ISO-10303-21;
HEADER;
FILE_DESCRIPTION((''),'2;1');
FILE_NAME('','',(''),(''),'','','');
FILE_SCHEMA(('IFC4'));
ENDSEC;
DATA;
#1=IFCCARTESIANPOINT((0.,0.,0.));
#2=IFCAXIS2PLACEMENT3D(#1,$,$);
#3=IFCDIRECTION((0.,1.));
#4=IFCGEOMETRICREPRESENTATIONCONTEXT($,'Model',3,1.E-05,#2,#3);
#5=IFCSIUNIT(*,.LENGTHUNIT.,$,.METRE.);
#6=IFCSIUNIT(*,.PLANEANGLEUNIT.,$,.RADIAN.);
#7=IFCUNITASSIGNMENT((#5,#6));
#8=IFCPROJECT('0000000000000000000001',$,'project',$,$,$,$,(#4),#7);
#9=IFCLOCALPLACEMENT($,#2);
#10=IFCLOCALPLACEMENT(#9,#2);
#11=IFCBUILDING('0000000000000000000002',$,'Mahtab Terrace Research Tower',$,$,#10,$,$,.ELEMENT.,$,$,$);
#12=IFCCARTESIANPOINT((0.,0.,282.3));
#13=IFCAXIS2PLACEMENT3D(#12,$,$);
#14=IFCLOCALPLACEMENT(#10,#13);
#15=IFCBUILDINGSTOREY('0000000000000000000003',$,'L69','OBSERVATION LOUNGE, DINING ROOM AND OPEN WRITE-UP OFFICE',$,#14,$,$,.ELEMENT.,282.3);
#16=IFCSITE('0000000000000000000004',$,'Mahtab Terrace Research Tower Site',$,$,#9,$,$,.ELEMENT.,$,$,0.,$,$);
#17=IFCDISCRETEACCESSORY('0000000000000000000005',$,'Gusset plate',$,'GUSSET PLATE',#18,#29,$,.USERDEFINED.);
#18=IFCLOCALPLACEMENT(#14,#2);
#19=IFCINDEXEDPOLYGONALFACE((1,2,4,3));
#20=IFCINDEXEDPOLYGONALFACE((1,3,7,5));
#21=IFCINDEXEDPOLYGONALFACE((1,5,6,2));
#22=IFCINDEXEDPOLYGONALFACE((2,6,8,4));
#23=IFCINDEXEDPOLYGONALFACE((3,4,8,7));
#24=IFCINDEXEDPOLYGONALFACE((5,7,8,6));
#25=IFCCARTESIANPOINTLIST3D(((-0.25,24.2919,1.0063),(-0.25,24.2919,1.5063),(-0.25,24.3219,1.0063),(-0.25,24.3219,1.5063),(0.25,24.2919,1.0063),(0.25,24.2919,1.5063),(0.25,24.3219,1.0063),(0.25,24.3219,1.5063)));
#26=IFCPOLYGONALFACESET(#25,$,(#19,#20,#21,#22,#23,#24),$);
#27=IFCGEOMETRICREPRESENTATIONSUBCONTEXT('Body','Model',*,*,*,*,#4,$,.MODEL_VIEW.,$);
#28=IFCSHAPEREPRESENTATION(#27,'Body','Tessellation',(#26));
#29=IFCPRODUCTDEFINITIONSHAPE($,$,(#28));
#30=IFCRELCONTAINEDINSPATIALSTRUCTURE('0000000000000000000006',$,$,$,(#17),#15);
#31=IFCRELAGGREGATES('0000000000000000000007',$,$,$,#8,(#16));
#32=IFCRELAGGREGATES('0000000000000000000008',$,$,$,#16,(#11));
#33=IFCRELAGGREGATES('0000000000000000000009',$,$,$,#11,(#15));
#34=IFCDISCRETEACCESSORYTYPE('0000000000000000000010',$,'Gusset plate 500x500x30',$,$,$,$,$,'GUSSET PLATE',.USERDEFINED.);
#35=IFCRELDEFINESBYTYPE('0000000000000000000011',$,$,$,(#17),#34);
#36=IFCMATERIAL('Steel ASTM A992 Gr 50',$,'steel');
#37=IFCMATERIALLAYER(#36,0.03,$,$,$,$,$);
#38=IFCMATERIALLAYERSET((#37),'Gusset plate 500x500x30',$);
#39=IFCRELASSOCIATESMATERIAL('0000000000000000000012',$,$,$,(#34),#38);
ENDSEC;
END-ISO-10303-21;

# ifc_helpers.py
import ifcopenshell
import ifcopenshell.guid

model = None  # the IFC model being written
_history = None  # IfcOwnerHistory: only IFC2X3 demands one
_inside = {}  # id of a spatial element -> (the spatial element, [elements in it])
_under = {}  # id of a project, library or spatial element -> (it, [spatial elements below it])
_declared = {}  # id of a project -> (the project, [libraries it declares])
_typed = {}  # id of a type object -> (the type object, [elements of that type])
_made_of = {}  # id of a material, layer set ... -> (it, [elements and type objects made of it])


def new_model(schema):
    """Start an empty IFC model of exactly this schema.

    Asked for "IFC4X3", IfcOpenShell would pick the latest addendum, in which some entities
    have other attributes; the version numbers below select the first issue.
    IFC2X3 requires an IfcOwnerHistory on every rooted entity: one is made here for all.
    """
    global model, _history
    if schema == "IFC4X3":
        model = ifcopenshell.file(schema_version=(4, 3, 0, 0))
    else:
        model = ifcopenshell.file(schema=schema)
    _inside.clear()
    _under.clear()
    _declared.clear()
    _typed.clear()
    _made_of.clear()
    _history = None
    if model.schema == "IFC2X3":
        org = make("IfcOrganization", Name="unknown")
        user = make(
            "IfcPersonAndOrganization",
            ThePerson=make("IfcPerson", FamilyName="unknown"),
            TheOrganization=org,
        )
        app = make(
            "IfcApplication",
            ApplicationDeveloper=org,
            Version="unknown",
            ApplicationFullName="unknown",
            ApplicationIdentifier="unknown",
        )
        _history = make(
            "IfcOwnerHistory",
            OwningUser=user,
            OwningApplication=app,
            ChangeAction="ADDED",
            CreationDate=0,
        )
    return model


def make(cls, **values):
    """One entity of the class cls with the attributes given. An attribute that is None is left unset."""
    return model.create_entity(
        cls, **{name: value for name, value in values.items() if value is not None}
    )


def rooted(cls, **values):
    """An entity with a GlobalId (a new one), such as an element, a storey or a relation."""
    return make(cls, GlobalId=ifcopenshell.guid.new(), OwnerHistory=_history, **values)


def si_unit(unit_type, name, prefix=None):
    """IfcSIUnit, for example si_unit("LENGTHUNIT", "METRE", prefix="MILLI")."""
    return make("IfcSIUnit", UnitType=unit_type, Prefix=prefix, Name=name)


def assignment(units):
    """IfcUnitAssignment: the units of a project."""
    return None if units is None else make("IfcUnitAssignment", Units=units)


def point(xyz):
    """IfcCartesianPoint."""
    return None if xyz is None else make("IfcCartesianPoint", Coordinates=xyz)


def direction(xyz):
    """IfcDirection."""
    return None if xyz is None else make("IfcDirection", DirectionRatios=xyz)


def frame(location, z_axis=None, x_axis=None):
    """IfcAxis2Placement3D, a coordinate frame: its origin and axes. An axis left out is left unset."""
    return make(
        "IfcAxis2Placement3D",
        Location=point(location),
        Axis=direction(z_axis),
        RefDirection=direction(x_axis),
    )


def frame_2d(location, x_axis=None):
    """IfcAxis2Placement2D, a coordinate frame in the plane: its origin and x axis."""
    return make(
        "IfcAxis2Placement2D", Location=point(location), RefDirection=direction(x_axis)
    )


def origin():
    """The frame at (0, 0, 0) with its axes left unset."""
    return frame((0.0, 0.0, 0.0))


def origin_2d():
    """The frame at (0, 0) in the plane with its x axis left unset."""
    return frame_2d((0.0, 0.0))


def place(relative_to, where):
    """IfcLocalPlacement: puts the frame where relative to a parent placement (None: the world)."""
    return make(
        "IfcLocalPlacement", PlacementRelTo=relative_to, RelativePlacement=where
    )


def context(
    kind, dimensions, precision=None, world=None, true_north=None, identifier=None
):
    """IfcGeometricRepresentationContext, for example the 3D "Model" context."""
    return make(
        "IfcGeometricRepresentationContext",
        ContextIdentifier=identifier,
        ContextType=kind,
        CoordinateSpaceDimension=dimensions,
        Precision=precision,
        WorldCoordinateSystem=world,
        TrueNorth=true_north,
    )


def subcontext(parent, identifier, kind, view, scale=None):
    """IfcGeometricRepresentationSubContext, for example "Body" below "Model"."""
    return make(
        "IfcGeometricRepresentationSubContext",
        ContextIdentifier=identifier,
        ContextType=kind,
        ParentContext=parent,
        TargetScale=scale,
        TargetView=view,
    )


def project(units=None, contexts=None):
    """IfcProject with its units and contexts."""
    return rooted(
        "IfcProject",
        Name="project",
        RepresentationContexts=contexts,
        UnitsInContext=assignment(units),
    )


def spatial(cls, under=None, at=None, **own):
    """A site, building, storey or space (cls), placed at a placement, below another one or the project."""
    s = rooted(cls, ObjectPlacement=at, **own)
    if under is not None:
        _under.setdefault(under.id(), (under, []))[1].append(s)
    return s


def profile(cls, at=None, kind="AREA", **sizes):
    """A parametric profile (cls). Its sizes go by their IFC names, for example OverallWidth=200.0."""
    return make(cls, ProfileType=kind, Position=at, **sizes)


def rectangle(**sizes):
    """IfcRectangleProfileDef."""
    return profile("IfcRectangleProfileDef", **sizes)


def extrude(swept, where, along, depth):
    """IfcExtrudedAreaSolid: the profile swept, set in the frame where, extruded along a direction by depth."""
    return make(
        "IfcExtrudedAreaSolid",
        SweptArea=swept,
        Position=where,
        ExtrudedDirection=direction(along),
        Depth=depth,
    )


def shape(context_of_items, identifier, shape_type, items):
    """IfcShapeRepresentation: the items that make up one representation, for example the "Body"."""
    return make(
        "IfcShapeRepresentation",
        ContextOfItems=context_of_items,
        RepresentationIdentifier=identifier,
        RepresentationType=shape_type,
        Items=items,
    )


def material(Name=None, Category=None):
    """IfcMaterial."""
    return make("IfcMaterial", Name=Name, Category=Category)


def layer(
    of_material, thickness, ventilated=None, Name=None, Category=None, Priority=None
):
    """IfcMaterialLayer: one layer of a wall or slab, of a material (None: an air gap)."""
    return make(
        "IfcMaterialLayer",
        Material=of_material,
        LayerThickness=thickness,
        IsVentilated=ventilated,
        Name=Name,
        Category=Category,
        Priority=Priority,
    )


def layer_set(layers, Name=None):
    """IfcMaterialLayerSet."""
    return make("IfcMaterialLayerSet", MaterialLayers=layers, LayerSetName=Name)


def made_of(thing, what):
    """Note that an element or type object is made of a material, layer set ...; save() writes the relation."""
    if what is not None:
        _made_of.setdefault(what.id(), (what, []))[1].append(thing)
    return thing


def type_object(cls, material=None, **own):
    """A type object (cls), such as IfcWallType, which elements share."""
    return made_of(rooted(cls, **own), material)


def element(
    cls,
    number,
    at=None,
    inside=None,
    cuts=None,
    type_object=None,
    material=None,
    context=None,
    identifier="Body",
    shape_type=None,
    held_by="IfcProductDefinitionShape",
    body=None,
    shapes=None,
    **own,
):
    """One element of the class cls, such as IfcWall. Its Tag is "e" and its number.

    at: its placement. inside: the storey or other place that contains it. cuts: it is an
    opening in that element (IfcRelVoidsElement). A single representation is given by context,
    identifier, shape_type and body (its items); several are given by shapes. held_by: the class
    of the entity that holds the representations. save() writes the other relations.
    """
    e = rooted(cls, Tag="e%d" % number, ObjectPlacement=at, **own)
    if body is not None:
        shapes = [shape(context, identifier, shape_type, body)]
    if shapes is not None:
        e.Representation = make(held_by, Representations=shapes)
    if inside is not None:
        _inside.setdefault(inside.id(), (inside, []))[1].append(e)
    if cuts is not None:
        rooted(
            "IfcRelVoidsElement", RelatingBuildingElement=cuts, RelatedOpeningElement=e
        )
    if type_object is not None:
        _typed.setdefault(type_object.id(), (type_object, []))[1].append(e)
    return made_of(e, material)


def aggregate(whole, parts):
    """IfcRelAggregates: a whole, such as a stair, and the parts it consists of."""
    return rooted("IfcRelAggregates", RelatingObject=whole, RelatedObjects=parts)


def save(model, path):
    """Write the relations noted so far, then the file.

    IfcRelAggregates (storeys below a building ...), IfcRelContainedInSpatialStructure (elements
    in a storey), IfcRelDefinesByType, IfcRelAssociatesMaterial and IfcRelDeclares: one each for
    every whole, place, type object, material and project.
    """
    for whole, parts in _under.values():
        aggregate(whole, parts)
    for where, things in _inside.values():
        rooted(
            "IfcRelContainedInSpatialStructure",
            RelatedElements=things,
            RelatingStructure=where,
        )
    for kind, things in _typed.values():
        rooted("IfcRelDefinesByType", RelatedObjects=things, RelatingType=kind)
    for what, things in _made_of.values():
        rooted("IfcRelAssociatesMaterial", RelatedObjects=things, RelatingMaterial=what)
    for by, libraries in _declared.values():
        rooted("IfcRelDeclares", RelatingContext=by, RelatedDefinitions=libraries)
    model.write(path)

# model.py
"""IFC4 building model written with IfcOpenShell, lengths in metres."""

from ifc_helpers import new_model, si_unit, direction, frame, origin, origin_2d, place, context, subcontext, project, spatial, rectangle, extrude, material, layer, layer_set, type_object, element, save


model = new_model("IFC4")

# Units and contexts
model_context = context("Model", 3, precision=1e-05, world=origin(), true_north=direction((0.0, 1.0)))
body_context = subcontext(model_context, "Body", "Model", "MODEL_VIEW")
ifc_project = project(units=[si_unit("LENGTHUNIT", "METRE"), si_unit("PLANEANGLEUNIT", "RADIAN")], contexts=[model_context])

# Site, building, storey
site_placement = place(None, origin())
site = spatial("IfcSite", under=ifc_project, at=site_placement, Name="Mahtab Terrace Research Tower Site", CompositionType="ELEMENT", RefElevation=0.0)
building_placement = place(site_placement, origin())
building = spatial("IfcBuilding", under=site, at=building_placement, Name="Mahtab Terrace Research Tower", CompositionType="ELEMENT")
storey_placement = place(building_placement, frame((0.0, 0.0, 282.3)))
storey = spatial("IfcBuildingStorey", under=building, at=storey_placement, Name="L69", Description="OBSERVATION LOUNGE, DINING ROOM AND OPEN WRITE-UP OFFICE", CompositionType="ELEMENT", Elevation=282.3)

# Shared definitions
ifc_material_1 = material(Name="Steel ASTM A992 Gr 50", Category="steel")

# Discrete accessory
ifc_layer_1 = layer(ifc_material_1, 0.03)
ifc_layer_set_1 = layer_set([ifc_layer_1], Name="Gusset plate 500x500x30")
discrete_accessory_type = type_object("IfcDiscreteAccessoryType", Name="Gusset plate 500x500x30", ElementType="GUSSET PLATE", PredefinedType="USERDEFINED", material=ifc_layer_set_1)
for number, where, z_axis, x_axis, name in (
    (1, (0.0, 24.3069, 1.0063), (0.0, 0.0, 1.0), (1.0, 0.0, 0.0), "Gusset plate"),
):
    element("IfcDiscreteAccessory", number, at=place(storey_placement, frame(where, z_axis=z_axis, x_axis=x_axis)), inside=storey, type_object=discrete_accessory_type, Name=name, ObjectType="GUSSET PLATE", PredefinedType="USERDEFINED", context=body_context, shape_type="SweptSolid", body=[
        extrude(rectangle(XDim=0.5, YDim=0.03, at=origin_2d()), origin(), (0.0, 0.0, 1.0), 0.5),
    ])

save(model, "model.ifc")
